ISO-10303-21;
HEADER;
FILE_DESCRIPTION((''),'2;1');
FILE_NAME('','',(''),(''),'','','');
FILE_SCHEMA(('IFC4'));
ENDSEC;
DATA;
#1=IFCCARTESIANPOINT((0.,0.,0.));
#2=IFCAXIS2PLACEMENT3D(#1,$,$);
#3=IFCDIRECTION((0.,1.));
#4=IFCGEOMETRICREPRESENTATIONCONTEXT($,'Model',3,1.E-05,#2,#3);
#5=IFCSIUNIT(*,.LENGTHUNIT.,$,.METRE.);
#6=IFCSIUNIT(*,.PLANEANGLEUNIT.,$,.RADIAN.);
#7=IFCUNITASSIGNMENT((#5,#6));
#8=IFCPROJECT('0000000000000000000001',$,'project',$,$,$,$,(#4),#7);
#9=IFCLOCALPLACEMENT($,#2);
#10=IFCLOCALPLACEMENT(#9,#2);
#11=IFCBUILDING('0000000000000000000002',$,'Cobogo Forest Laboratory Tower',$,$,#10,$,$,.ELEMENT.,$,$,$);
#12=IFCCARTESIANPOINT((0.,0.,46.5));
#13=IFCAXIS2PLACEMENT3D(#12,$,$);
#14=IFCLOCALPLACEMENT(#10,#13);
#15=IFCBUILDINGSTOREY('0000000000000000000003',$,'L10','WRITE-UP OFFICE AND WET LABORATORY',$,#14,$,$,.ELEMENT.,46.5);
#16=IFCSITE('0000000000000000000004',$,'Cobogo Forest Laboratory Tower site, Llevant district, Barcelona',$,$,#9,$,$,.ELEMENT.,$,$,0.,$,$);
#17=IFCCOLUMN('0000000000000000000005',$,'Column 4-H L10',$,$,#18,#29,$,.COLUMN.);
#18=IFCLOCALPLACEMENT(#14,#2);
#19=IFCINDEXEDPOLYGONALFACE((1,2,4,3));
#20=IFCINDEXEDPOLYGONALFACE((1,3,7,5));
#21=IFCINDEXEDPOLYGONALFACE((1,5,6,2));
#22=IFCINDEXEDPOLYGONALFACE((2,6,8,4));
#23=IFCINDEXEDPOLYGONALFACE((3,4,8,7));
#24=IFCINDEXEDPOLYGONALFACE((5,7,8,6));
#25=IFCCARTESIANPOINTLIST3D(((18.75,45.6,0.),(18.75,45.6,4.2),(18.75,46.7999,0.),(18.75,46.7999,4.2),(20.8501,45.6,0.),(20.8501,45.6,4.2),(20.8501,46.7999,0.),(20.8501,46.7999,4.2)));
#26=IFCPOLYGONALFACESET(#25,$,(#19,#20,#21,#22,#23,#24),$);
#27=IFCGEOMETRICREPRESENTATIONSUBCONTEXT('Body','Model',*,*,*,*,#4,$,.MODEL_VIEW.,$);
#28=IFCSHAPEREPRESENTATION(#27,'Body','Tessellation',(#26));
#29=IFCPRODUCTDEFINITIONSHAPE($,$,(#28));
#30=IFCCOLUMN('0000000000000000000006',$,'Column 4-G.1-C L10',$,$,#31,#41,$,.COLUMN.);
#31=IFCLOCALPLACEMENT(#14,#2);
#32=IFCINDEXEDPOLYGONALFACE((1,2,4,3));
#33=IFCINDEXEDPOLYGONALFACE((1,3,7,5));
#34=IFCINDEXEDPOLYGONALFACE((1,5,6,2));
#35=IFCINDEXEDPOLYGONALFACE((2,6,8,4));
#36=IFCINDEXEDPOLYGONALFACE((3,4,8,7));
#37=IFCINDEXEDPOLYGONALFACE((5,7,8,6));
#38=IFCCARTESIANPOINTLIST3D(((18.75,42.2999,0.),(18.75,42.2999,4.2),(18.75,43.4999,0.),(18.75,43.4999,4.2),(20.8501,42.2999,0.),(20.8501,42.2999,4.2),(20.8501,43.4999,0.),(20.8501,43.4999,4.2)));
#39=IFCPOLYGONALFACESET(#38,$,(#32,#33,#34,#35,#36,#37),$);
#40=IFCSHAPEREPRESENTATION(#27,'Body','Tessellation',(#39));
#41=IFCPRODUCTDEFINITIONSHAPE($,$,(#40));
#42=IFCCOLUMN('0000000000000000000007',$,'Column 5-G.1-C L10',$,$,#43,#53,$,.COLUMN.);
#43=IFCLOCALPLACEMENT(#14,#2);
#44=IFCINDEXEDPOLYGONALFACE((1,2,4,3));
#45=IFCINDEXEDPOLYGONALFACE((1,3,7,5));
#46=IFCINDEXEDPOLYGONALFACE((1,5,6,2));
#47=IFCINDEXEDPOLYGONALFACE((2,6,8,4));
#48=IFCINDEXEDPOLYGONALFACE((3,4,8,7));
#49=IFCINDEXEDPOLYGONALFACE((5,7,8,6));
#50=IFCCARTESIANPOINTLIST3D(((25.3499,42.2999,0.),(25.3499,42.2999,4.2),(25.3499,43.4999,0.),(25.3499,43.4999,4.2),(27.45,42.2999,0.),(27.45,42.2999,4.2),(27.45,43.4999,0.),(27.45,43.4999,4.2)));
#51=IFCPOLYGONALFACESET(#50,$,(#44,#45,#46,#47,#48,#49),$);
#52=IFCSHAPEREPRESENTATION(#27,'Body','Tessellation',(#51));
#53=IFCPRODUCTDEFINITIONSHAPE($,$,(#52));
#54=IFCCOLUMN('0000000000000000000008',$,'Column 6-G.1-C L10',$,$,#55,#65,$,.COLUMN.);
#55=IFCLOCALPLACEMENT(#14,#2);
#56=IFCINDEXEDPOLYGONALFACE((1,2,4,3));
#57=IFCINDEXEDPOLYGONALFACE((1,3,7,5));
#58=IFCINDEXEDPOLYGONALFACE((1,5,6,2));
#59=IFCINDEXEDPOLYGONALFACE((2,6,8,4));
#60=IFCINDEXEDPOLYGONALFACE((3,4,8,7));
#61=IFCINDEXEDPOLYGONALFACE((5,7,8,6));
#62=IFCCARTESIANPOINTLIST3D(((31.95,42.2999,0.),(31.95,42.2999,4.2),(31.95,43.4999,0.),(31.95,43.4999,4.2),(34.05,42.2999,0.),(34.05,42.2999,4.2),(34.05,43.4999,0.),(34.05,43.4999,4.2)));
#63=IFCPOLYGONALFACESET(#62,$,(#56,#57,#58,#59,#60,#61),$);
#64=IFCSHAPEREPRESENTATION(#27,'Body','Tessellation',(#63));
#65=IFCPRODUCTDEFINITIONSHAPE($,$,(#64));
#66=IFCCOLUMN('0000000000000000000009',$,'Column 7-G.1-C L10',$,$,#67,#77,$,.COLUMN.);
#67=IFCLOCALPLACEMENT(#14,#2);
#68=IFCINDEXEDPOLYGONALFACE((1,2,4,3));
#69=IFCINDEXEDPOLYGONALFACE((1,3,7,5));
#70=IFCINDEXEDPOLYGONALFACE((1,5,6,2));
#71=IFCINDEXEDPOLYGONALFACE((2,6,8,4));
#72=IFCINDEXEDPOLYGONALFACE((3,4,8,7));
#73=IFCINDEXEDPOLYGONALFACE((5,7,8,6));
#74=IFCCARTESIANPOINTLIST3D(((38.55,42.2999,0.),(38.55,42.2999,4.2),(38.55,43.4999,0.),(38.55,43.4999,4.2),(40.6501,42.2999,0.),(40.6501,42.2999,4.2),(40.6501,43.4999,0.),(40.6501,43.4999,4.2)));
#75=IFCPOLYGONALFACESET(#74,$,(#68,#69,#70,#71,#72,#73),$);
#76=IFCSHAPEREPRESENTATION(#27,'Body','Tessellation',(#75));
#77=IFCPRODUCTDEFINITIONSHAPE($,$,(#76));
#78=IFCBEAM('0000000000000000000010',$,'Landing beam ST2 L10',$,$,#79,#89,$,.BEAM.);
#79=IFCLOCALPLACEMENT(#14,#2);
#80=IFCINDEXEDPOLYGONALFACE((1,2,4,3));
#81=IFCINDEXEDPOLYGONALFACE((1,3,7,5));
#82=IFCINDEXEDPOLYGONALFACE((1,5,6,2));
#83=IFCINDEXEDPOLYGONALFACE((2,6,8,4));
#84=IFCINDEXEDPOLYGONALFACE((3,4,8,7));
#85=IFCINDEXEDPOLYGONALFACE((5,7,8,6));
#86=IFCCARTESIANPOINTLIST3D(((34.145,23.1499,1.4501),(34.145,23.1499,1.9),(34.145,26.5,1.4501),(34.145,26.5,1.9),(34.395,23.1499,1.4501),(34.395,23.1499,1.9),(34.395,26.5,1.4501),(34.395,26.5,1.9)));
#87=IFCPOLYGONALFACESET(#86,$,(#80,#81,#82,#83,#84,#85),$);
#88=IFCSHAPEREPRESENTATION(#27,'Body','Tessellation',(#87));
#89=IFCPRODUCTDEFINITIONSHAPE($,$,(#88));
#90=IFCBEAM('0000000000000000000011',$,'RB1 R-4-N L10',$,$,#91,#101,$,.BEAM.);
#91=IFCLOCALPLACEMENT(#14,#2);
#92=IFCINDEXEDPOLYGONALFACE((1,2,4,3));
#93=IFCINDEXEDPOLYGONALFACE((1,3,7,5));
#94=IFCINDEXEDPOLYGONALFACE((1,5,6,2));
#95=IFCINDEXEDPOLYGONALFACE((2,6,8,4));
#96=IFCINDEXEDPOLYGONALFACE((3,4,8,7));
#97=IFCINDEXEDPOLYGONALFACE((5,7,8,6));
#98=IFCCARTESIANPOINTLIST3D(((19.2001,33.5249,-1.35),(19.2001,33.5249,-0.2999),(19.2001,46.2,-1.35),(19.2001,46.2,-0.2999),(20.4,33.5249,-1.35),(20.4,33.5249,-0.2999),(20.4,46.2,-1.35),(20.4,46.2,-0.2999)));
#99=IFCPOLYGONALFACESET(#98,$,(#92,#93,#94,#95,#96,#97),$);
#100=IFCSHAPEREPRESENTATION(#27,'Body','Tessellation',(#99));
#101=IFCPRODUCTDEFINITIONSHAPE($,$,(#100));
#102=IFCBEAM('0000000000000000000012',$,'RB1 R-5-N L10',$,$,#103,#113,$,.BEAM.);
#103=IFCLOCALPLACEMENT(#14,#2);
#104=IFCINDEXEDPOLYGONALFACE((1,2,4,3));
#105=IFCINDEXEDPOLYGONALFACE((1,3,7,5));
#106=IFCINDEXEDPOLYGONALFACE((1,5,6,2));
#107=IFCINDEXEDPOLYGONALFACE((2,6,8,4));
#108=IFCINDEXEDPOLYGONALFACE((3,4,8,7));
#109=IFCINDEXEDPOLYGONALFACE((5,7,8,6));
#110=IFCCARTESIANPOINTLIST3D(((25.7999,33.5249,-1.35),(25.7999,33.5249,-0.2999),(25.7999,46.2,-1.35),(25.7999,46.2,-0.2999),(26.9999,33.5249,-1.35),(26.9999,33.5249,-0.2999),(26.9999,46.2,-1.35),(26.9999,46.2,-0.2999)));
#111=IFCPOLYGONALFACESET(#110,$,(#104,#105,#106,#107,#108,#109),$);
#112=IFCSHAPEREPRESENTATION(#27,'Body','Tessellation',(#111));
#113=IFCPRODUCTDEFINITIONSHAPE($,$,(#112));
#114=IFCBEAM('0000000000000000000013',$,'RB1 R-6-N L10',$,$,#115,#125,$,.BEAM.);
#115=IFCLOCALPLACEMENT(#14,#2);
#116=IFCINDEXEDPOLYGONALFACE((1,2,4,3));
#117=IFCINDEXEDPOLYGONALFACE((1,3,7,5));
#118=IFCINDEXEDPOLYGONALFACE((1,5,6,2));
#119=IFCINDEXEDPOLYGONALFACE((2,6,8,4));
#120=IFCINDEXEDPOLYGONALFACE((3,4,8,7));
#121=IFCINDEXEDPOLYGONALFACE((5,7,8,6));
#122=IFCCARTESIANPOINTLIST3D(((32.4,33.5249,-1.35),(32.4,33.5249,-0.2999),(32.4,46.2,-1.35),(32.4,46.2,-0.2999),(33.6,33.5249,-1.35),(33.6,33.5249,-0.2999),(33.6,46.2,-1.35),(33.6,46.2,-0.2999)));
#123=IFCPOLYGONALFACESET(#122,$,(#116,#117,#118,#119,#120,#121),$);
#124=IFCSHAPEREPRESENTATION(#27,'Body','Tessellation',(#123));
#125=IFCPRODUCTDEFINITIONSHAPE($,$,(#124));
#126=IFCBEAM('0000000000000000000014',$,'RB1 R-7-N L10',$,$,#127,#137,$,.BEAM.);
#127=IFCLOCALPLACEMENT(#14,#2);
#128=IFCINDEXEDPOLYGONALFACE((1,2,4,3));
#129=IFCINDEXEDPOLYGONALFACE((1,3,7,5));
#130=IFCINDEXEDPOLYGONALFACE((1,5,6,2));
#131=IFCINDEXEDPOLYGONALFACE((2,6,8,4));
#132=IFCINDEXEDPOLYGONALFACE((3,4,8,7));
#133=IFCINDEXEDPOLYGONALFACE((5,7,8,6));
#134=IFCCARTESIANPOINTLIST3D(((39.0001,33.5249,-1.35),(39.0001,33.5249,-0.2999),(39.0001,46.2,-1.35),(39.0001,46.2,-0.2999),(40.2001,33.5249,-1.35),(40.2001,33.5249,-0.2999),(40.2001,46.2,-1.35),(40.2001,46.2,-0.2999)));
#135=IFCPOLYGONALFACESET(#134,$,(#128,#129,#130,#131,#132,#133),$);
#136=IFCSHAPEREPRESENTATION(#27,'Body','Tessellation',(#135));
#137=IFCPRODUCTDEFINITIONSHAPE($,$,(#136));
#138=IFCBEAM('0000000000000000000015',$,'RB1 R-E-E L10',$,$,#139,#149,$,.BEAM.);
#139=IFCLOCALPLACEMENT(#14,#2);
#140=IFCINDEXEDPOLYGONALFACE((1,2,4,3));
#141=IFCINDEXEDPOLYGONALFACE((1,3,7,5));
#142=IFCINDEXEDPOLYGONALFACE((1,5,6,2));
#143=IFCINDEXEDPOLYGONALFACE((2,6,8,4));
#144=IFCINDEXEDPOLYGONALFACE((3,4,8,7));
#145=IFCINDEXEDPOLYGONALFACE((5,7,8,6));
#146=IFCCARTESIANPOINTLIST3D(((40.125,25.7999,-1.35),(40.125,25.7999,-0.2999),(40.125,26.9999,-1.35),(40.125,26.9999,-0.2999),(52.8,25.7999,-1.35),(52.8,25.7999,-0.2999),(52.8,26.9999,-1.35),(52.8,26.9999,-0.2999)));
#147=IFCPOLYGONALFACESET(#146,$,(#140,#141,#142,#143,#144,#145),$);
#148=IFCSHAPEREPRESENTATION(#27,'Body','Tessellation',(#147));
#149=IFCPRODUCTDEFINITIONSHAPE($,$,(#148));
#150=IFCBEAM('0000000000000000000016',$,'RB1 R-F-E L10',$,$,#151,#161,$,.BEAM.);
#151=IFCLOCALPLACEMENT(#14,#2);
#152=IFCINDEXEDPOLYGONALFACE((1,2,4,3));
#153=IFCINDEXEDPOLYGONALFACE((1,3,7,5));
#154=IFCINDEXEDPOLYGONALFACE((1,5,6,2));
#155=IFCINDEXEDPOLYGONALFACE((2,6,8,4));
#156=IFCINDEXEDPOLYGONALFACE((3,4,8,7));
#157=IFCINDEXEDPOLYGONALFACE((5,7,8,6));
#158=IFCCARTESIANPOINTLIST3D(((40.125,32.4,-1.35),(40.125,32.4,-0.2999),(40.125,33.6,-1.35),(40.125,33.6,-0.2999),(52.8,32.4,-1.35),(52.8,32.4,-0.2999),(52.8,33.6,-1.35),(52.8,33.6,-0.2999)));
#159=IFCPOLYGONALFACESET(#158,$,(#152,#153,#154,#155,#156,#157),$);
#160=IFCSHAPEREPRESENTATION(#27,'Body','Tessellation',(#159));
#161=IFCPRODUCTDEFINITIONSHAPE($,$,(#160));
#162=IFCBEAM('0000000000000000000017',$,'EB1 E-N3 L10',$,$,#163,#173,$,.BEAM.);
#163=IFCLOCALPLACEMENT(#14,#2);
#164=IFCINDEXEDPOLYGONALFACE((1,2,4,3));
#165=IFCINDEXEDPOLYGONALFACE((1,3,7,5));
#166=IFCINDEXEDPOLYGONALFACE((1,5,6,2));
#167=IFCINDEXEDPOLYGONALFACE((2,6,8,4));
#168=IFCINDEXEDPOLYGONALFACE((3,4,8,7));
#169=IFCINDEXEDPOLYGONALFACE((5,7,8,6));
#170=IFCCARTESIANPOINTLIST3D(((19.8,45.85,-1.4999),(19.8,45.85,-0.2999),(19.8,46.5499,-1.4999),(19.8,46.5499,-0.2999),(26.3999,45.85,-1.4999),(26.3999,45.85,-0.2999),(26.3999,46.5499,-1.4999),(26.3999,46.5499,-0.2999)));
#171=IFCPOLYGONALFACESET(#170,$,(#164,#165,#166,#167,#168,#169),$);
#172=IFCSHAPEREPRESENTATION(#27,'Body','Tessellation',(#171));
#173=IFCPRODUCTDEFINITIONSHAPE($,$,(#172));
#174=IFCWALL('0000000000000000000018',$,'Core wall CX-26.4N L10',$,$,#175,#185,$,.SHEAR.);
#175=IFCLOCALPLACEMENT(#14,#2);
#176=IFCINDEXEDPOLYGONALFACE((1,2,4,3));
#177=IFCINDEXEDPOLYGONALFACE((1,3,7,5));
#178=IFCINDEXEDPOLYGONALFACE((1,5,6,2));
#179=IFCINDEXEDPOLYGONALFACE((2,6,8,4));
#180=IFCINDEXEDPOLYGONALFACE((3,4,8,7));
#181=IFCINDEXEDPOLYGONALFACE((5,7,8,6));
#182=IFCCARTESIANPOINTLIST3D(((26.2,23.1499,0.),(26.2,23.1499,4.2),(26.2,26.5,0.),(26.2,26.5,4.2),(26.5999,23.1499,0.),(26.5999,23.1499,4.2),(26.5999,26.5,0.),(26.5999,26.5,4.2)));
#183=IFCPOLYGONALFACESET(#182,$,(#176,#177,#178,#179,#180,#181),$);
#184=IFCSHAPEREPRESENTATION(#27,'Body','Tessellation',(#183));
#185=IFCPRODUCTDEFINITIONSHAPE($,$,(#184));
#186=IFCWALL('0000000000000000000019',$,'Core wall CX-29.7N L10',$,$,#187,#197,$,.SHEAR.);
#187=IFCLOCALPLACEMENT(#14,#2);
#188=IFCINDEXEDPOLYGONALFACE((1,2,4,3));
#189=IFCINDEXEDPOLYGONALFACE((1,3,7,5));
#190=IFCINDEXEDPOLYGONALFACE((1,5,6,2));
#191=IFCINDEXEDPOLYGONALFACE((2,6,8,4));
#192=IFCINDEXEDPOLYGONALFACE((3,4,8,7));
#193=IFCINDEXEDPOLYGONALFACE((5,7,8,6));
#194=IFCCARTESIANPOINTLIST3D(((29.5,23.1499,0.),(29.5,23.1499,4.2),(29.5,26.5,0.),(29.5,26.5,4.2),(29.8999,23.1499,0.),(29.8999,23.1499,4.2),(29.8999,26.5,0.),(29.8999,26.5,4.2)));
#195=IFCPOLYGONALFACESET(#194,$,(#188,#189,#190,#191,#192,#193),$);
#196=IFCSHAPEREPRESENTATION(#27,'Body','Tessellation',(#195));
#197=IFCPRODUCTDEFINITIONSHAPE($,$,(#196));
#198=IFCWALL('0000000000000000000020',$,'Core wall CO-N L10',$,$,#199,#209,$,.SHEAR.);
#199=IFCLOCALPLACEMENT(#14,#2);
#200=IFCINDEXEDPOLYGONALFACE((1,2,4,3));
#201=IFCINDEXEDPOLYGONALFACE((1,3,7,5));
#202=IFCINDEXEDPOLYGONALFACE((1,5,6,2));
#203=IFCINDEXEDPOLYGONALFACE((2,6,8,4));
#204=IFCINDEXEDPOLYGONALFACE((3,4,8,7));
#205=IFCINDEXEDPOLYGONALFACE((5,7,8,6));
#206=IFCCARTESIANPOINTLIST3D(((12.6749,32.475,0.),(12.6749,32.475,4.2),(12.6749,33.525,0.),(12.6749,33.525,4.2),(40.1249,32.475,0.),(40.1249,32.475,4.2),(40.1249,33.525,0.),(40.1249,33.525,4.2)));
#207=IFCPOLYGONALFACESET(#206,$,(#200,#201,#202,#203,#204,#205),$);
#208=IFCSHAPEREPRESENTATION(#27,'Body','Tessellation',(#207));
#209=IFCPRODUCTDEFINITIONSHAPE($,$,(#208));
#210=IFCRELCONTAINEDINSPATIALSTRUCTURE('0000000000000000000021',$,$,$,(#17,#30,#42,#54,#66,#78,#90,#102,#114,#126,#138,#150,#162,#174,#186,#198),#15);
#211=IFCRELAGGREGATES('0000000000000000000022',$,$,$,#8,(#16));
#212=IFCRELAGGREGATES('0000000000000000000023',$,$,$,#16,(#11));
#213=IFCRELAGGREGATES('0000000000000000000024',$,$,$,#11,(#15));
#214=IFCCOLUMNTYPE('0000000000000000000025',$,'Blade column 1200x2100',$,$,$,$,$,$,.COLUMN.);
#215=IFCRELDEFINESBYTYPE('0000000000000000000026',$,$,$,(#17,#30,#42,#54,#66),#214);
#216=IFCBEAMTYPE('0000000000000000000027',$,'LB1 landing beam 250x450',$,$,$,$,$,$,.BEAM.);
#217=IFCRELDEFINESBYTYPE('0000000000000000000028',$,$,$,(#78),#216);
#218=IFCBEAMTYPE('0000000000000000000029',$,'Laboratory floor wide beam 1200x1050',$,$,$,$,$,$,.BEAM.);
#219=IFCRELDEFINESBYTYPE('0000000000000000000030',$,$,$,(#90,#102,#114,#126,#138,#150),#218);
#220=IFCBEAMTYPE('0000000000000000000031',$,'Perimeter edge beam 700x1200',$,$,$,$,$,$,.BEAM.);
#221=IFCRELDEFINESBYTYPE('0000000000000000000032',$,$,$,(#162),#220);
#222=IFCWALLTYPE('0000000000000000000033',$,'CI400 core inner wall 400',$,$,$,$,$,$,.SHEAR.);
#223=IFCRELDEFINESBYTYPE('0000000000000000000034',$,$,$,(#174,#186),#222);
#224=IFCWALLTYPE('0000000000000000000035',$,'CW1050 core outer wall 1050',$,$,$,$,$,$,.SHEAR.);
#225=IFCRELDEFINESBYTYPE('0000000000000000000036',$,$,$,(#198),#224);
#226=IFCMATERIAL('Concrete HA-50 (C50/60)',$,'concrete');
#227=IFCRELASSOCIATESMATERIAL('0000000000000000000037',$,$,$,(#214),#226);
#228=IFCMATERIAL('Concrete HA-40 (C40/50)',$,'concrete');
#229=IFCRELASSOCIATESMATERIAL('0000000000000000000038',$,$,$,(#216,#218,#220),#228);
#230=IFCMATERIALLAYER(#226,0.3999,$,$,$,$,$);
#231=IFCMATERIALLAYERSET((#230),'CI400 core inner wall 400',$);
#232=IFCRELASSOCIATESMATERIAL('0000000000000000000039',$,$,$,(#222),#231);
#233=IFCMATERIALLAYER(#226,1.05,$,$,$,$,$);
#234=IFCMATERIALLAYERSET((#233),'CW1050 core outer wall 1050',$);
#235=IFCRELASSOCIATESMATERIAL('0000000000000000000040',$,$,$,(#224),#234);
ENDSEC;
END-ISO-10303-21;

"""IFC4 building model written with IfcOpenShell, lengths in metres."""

from ifc_helpers import new_model, si_unit, direction, frame, frame_2d, origin, origin_2d, place, context, subcontext, project, spatial, rectangle, extrude, material, layer, layer_set, material_profile, profile_set, type_object, element, save


model = new_model("IFC4")

# Units and contexts
model_context = context("Model", 3, precision=1e-05, world=origin(), true_north=direction((0.0, 1.0)))
body_context = subcontext(model_context, "Body", "Model", "MODEL_VIEW")
ifc_project = project(units=[si_unit("LENGTHUNIT", "METRE"), si_unit("PLANEANGLEUNIT", "RADIAN")], contexts=[model_context])

# Site, building, storey
site_placement = place(None, origin())
site = spatial("IfcSite", under=ifc_project, at=site_placement, Name="Cobogo Forest Laboratory Tower site, Llevant district, Barcelona", CompositionType="ELEMENT", RefElevation=0.0)
building_placement = place(site_placement, origin())
building = spatial("IfcBuilding", under=site, at=building_placement, Name="Cobogo Forest Laboratory Tower", CompositionType="ELEMENT")
storey_placement = place(building_placement, frame((0.0, 0.0, 46.5)))
storey = spatial("IfcBuildingStorey", under=building, at=storey_placement, Name="L10", Description="WRITE-UP OFFICE AND WET LABORATORY", CompositionType="ELEMENT", Elevation=46.5)

# Columns
ifc_material_1 = material(Name="Concrete HA-50 (C50/60)", Category="concrete")
ifc_material_profile_1 = material_profile(ifc_material_1, rectangle(XDim=2.1001, YDim=1.2, at=origin_2d()), Name="RC 1200x2100")
ifc_profile_set_1 = profile_set([ifc_material_profile_1], Name="Concrete HA-50 (C50/60)")
column_type = type_object("IfcColumnType", Name="Blade column 1200x2100", PredefinedType="COLUMN", material=ifc_profile_set_1)
for number, where, z_axis, x_axis, name in (
    (1, (19.8, 46.2, 0.0), (0.0, 0.0, 1.0), (1.0, 0.0, 0.0), "Column 4-H L10"),
    (2, (19.8, 42.8999, 0.0), (0.0, 0.0, 1.0), (1.0, 0.0, 0.0), "Column 4-G.1-C L10"),
    (3, (26.3999, 42.8999, 0.0), (0.0, 0.0, 1.0), (1.0, 0.0, 0.0), "Column 5-G.1-C L10"),
    (4, (33.0, 42.8999, 0.0), (0.0, 0.0, 1.0), (1.0, 0.0, 0.0), "Column 6-G.1-C L10"),
    (5, (39.6001, 42.8999, 0.0), (0.0, 0.0, 1.0), (1.0, 0.0, 0.0), "Column 7-G.1-C L10"),
):
    element("IfcColumn", number, at=place(storey_placement, frame(where, z_axis=z_axis, x_axis=x_axis)), inside=storey, type_object=column_type, Name=name, PredefinedType="COLUMN", context=body_context, shape_type="SweptSolid", body=[
        extrude(rectangle(XDim=2.1001, YDim=1.2, at=origin_2d()), origin(), (0.0, 0.0, 1.0), 4.2),
    ])

# Beams
ifc_material_2 = material(Name="Concrete HA-40 (C40/50)", Category="concrete")
ifc_material_profile_2 = material_profile(ifc_material_2, rectangle(XDim=0.25, YDim=0.45, at=origin_2d()), Name="RC 250x450")
ifc_profile_set_2 = profile_set([ifc_material_profile_2], Name="Concrete HA-40 (C40/50)")
beam_type_1 = type_object("IfcBeamType", Name="LB1 landing beam 250x450", PredefinedType="BEAM", material=ifc_profile_set_2)
beam_1_placement = place(storey_placement, frame((34.27, 23.1499, 1.675), z_axis=(0.0, 1.0, 0.0), x_axis=(-1.0, 0.0, 0.0)))
element("IfcBeam", 6, at=beam_1_placement, inside=storey, type_object=beam_type_1, Name="Landing beam ST2 L10", PredefinedType="BEAM", context=body_context, shape_type="SweptSolid", body=[
    extrude(rectangle(XDim=0.25, YDim=0.45, at=origin_2d()), origin(), (0.0, 0.0, 1.0), 3.3501),
])
ifc_material_profile_3 = material_profile(ifc_material_2, rectangle(XDim=1.2, YDim=1.05, at=origin_2d()), Name="RC 1200x1050")
ifc_profile_set_3 = profile_set([ifc_material_profile_3], Name="Concrete HA-40 (C40/50)")
beam_type_2 = type_object("IfcBeamType", Name="Laboratory floor wide beam 1200x1050", PredefinedType="BEAM", material=ifc_profile_set_3)
for number, where, z_axis, x_axis, name in (
    (7, (19.8, 33.5249, -0.825), (0.0, 1.0, 0.0), (-1.0, 0.0, 0.0), "RB1 R-4-N L10"),
    (8, (26.3999, 33.5249, -0.825), (0.0, 1.0, 0.0), (-1.0, 0.0, 0.0), "RB1 R-5-N L10"),
    (9, (33.0, 33.5249, -0.825), (0.0, 1.0, 0.0), (-1.0, 0.0, 0.0), "RB1 R-6-N L10"),
    (10, (39.6001, 33.5249, -0.825), (0.0, 1.0, 0.0), (-1.0, 0.0, 0.0), "RB1 R-7-N L10"),
    (11, (40.125, 26.3999, -0.825), (1.0, 0.0, 0.0), (0.0, 1.0, 0.0), "RB1 R-E-E L10"),
    (12, (40.125, 33.0, -0.825), (1.0, 0.0, 0.0), (0.0, 1.0, 0.0), "RB1 R-F-E L10"),
):
    element("IfcBeam", number, at=place(storey_placement, frame(where, z_axis=z_axis, x_axis=x_axis)), inside=storey, type_object=beam_type_2, Name=name, PredefinedType="BEAM", context=body_context, shape_type="SweptSolid", body=[
        extrude(rectangle(XDim=1.2, YDim=1.05, at=origin_2d()), origin(), (0.0, 0.0, 1.0), 12.675),
    ])
ifc_material_profile_4 = material_profile(ifc_material_2, rectangle(XDim=0.7, YDim=1.2, at=origin_2d()), Name="RC 700x1200")
ifc_profile_set_4 = profile_set([ifc_material_profile_4], Name="Concrete HA-40 (C40/50)")
beam_type_3 = type_object("IfcBeamType", Name="Perimeter edge beam 700x1200", PredefinedType="BEAM", material=ifc_profile_set_4)
beam_2_placement = place(storey_placement, frame((19.8, 46.2, -0.8999), z_axis=(1.0, 0.0, 0.0), x_axis=(0.0, 1.0, 0.0)))
element("IfcBeam", 13, at=beam_2_placement, inside=storey, type_object=beam_type_3, Name="EB1 E-N3 L10", PredefinedType="BEAM", context=body_context, shape_type="SweptSolid", body=[
    extrude(rectangle(XDim=0.7, YDim=1.2, at=origin_2d()), origin(), (0.0, 0.0, 1.0), 6.5999),
])

# Walls
ifc_layer_1 = layer(ifc_material_1, 0.3999)
ifc_layer_set_1 = layer_set([ifc_layer_1], Name="CI400 core inner wall 400")
wall_type_1 = type_object("IfcWallType", Name="CI400 core inner wall 400", PredefinedType="SHEAR", material=ifc_layer_set_1)
for number, where, z_axis, x_axis, name in (
    (14, (26.3999, 23.1499, 0.0), (0.0, 0.0, 1.0), (0.0, 1.0, 0.0), "Core wall CX-26.4N L10"),
    (15, (29.7, 23.1499, 0.0), (0.0, 0.0, 1.0), (0.0, 1.0, 0.0), "Core wall CX-29.7N L10"),
):
    element("IfcWall", number, at=place(storey_placement, frame(where, z_axis=z_axis, x_axis=x_axis)), inside=storey, type_object=wall_type_1, Name=name, PredefinedType="SHEAR", context=body_context, shape_type="SweptSolid", body=[
        extrude(rectangle(XDim=3.3501, YDim=0.3999, at=frame_2d((1.675, 0.0))), origin(), (0.0, 0.0, 1.0), 4.2),
    ])
ifc_layer_2 = layer(ifc_material_1, 1.05)
ifc_layer_set_2 = layer_set([ifc_layer_2], Name="CW1050 core outer wall 1050")
wall_type_2 = type_object("IfcWallType", Name="CW1050 core outer wall 1050", PredefinedType="SHEAR", material=ifc_layer_set_2)
wall_1_placement = place(storey_placement, frame((40.125, 33.0, 0.0), z_axis=(0.0, 0.0, 1.0), x_axis=(-1.0, 0.0, 0.0)))
element("IfcWall", 16, at=wall_1_placement, inside=storey, type_object=wall_type_2, Name="Core wall CO-N L10", PredefinedType="SHEAR", context=body_context, shape_type="SweptSolid", body=[
    extrude(rectangle(XDim=27.45, YDim=1.05, at=frame_2d((13.7251, 0.0))), origin(), (0.0, 0.0, 1.0), 4.2),
])

save(model, "model.ifc")
